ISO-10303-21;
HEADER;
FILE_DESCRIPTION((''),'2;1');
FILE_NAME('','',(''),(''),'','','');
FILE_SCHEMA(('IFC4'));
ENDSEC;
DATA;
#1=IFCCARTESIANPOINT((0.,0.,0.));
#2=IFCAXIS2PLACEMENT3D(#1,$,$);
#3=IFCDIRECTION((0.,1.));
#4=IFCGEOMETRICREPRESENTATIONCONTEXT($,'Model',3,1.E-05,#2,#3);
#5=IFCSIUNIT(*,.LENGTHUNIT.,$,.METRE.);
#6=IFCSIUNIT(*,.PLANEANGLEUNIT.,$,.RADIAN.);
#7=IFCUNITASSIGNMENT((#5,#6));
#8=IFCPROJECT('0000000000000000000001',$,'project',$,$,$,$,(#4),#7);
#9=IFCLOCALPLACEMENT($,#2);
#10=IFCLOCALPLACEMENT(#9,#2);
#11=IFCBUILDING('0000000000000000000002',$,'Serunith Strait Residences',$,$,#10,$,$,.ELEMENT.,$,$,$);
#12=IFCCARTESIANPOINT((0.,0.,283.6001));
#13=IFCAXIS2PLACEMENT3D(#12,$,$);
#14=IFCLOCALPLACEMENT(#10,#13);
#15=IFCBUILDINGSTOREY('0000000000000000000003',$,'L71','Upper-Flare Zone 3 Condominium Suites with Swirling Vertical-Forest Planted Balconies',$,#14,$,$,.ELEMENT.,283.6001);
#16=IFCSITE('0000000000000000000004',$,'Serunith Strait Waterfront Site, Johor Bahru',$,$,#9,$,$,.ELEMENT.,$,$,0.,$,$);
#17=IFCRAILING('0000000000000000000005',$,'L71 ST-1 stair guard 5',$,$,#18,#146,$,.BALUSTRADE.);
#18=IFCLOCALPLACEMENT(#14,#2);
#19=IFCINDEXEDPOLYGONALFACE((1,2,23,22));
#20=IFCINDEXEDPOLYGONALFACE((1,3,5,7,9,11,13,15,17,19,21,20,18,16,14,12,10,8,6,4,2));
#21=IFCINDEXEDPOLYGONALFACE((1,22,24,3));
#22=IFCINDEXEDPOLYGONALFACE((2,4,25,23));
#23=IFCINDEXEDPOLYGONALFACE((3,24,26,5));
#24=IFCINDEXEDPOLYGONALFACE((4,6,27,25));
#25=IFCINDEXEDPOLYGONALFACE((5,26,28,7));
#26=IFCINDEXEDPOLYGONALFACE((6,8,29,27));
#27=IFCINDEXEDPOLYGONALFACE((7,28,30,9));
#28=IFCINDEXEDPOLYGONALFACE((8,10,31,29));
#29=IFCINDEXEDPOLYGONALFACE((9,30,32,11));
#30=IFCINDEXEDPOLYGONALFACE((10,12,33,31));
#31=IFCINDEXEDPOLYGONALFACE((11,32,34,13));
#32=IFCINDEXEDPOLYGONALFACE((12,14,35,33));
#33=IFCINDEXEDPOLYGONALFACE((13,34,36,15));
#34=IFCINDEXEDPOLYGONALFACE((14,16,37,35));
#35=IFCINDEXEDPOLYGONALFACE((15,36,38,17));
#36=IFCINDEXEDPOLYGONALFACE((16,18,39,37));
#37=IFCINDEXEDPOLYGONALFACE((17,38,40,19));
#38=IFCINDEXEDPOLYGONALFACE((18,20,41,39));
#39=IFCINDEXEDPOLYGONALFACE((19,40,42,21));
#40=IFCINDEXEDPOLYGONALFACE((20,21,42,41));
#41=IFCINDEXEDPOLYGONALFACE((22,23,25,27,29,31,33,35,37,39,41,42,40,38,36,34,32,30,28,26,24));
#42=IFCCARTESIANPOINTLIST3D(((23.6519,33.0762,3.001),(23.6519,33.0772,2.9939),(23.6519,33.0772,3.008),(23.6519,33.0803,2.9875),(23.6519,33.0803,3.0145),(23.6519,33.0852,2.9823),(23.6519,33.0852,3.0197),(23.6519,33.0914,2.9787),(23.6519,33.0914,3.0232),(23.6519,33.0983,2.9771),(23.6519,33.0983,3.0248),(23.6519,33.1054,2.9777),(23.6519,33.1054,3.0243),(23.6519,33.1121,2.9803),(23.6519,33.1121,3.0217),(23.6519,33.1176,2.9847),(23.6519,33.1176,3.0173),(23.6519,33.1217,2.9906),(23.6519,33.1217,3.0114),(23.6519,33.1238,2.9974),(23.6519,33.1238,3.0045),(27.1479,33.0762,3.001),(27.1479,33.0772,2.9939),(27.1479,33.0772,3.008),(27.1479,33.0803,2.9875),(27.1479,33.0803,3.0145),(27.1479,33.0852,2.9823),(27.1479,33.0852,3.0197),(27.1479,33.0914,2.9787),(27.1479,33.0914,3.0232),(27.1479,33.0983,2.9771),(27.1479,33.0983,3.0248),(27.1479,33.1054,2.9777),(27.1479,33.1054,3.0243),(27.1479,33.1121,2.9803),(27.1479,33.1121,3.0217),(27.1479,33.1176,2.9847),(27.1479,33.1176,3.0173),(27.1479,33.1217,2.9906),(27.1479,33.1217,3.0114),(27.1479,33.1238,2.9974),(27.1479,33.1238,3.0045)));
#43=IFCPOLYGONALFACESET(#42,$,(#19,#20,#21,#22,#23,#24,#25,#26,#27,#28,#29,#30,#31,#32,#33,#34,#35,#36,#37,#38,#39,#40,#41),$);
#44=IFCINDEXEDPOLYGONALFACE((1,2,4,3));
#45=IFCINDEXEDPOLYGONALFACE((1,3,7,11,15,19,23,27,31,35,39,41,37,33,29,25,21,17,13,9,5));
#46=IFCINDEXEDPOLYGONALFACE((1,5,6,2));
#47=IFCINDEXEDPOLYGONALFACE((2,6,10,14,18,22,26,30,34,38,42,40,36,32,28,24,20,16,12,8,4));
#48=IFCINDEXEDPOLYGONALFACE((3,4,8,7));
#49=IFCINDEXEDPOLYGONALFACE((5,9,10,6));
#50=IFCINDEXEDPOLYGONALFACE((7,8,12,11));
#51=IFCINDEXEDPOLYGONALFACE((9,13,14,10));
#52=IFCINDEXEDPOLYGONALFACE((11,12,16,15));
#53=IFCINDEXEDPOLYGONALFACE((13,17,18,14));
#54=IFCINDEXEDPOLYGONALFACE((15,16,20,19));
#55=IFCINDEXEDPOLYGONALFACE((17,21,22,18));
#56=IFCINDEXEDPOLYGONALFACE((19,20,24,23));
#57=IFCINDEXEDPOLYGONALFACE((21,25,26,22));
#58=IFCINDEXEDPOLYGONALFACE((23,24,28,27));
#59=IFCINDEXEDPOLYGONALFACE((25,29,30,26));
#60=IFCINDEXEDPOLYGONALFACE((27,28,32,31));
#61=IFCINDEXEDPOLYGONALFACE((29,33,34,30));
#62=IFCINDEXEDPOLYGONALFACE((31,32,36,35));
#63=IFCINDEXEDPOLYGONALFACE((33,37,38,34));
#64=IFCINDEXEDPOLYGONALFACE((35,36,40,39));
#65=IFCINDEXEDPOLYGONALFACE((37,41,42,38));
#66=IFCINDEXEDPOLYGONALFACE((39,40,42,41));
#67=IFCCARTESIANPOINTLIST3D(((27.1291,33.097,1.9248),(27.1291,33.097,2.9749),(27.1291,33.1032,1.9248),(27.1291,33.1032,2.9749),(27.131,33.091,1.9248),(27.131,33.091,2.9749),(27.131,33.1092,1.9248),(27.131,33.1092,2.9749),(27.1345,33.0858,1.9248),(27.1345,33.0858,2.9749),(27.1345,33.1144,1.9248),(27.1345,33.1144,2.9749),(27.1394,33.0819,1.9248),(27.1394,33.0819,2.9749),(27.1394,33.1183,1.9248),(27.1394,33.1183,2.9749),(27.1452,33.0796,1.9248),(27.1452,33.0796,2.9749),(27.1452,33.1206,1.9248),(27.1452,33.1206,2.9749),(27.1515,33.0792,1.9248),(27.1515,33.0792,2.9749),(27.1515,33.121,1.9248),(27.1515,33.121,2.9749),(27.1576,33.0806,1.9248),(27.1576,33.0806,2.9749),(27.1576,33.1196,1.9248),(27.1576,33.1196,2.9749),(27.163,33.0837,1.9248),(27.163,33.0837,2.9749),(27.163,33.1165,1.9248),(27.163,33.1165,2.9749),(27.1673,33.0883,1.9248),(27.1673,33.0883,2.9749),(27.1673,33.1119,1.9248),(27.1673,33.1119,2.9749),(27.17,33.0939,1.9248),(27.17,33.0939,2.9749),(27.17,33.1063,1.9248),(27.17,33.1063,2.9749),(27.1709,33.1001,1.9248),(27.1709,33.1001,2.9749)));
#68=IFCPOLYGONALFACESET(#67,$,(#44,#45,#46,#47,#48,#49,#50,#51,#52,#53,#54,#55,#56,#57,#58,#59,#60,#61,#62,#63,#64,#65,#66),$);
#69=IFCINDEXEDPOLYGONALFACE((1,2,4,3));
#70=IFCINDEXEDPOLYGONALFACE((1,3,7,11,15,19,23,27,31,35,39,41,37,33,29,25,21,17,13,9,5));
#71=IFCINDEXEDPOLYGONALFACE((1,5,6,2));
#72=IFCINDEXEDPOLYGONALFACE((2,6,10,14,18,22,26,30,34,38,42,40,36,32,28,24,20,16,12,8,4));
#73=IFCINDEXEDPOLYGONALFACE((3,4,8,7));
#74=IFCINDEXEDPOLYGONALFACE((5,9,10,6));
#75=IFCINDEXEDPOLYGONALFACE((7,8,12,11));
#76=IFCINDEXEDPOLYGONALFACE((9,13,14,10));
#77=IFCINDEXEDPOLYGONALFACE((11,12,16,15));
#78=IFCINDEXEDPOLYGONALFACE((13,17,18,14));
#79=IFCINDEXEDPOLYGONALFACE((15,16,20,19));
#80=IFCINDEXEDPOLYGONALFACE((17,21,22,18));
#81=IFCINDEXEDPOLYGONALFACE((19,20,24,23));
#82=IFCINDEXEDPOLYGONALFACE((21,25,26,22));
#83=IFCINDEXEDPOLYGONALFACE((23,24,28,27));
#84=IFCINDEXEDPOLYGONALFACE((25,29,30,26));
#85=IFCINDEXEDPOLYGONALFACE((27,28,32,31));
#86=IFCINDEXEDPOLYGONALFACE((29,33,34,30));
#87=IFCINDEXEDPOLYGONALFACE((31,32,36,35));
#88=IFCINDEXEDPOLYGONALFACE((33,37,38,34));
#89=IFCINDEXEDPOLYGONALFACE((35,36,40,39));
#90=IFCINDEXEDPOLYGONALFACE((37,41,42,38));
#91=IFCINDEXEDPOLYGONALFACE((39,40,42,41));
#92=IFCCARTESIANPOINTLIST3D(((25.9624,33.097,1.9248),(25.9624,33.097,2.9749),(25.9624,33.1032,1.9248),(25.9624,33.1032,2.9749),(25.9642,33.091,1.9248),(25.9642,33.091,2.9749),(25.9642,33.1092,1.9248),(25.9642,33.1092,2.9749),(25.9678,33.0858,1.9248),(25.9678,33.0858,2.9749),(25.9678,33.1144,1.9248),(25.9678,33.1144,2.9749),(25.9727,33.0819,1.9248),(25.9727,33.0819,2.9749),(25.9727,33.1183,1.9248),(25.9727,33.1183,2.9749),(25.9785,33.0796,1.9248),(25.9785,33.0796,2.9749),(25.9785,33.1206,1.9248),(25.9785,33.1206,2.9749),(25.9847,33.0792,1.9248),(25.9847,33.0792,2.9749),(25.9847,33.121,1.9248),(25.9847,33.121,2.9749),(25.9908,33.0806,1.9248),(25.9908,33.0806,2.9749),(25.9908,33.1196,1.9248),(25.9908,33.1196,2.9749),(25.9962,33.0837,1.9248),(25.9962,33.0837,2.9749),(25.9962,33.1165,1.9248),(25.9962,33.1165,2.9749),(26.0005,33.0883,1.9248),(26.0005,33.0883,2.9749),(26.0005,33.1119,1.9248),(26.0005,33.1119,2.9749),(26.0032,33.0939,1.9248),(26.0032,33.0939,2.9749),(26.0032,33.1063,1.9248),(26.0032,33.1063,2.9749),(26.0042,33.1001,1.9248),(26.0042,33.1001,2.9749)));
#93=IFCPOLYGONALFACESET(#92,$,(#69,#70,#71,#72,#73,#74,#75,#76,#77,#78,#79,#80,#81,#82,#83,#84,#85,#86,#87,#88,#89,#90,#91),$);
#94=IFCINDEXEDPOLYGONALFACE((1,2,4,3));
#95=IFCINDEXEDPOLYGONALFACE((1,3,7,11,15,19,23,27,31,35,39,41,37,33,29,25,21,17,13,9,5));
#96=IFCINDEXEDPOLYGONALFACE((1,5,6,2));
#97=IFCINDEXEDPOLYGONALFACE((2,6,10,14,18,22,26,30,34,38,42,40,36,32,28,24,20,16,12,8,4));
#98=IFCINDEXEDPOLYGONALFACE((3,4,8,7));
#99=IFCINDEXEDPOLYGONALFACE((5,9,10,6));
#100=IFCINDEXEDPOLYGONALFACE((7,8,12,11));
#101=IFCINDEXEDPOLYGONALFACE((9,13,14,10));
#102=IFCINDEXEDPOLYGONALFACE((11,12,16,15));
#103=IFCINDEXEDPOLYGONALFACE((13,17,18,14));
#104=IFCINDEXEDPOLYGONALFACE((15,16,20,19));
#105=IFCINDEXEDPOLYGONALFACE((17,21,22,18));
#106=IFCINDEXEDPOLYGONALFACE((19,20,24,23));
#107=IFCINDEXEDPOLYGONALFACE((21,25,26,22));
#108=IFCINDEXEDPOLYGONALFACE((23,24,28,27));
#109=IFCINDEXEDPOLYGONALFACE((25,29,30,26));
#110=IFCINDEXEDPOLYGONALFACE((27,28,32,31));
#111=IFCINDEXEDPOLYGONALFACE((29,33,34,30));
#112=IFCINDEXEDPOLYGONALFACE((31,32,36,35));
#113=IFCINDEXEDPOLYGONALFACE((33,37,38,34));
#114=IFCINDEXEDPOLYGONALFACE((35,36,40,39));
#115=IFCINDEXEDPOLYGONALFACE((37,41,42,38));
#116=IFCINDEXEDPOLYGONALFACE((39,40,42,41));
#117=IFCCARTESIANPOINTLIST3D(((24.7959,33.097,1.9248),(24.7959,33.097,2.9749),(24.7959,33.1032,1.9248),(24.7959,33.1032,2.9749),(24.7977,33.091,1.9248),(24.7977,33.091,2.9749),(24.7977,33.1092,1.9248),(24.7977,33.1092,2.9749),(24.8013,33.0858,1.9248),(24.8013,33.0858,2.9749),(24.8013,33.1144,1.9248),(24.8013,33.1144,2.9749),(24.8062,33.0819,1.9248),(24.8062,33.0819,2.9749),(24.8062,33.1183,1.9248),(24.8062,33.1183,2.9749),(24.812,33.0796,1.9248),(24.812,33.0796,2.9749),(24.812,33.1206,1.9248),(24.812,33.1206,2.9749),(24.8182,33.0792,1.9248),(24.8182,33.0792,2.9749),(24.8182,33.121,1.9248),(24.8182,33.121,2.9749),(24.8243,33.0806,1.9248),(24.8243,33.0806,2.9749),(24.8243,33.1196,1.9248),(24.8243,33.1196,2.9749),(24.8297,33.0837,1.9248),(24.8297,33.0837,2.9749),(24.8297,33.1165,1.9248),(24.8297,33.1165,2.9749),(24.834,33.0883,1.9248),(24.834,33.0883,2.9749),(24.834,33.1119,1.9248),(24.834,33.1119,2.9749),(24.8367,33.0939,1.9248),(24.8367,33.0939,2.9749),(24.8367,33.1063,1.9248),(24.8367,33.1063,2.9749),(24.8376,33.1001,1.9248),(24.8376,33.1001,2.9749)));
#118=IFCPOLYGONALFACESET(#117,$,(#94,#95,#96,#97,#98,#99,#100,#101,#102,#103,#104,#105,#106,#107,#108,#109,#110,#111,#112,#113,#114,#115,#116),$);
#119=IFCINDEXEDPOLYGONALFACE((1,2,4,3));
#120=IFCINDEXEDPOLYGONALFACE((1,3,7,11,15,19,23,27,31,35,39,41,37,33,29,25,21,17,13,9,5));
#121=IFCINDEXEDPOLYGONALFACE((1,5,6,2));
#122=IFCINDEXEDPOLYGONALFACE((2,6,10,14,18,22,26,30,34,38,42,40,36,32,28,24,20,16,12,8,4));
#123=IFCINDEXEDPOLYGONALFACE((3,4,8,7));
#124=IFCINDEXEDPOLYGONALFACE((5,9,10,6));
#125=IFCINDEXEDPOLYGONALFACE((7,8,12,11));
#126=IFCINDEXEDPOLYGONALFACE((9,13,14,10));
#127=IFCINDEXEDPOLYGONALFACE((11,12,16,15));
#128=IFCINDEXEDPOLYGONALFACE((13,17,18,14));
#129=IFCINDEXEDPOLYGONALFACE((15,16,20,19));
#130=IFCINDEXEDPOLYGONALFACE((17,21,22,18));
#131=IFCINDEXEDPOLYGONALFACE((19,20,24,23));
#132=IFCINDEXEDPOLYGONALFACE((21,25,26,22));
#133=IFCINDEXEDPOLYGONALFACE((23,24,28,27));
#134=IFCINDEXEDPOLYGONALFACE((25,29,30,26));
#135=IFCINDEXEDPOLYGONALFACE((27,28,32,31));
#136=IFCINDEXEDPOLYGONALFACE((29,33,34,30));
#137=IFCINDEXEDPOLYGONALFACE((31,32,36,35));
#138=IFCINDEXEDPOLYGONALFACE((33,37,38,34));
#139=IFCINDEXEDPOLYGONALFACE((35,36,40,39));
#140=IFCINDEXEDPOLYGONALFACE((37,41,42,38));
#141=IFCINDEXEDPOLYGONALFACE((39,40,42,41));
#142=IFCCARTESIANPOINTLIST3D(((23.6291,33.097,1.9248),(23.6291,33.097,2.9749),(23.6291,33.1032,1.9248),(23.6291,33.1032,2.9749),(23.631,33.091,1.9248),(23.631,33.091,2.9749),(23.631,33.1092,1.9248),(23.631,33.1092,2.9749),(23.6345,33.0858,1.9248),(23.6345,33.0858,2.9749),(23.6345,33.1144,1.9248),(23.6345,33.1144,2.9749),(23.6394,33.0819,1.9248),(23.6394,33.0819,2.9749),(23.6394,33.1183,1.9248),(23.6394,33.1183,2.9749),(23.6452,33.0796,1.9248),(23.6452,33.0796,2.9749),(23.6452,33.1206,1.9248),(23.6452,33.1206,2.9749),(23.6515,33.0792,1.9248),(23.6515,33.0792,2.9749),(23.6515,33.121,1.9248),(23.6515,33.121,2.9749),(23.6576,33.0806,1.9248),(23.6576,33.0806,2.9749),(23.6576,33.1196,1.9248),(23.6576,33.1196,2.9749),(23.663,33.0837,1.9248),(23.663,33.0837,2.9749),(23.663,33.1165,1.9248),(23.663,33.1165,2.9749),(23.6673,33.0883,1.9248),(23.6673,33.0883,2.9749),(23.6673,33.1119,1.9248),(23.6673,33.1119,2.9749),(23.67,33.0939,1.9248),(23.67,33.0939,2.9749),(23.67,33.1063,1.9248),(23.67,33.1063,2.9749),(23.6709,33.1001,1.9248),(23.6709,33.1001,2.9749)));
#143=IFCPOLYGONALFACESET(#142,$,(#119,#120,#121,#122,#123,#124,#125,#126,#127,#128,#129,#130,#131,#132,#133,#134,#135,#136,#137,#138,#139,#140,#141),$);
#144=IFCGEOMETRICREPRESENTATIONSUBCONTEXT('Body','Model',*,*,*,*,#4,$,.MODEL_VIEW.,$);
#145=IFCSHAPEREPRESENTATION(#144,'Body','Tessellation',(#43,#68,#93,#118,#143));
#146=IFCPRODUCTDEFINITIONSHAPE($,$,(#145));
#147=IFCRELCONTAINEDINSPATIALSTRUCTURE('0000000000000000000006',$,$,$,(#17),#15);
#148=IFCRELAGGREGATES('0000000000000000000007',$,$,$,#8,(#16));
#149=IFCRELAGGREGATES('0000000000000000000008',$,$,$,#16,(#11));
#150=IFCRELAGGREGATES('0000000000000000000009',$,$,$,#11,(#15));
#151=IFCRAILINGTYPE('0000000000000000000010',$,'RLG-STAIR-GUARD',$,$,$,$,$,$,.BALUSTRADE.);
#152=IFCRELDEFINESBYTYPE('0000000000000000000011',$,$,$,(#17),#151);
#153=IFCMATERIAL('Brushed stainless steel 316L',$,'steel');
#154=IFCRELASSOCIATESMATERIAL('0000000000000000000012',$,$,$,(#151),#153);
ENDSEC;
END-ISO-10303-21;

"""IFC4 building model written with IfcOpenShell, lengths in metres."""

from ifc_helpers import new_model, si_unit, direction, frame, origin, origin_2d, place, context, subcontext, project, spatial, circle, extrude, material, type_object, element, save


model = new_model("IFC4")

# Units and contexts
model_context = context("Model", 3, precision=1e-05, world=origin(), true_north=direction((0.0, 1.0)))
body_context = subcontext(model_context, "Body", "Model", "MODEL_VIEW")
ifc_project = project(units=[si_unit("LENGTHUNIT", "METRE"), si_unit("PLANEANGLEUNIT", "RADIAN")], contexts=[model_context])

# Site, building, storey
site_placement = place(None, origin())
site = spatial("IfcSite", under=ifc_project, at=site_placement, Name="Serunith Strait Waterfront Site, Johor Bahru", CompositionType="ELEMENT", RefElevation=0.0)
building_placement = place(site_placement, origin())
building = spatial("IfcBuilding", under=site, at=building_placement, Name="Serunith Strait Residences", CompositionType="ELEMENT")
storey_placement = place(building_placement, frame((0.0, 0.0, 283.6001)))
storey = spatial("IfcBuildingStorey", under=building, at=storey_placement, Name="L71", Description="Upper-Flare Zone 3 Condominium Suites with Swirling Vertical-Forest Planted Balconies", CompositionType="ELEMENT", Elevation=283.6001)

# Railing
ifc_material_1 = material(Name="Brushed stainless steel 316L", Category="steel")
railing_type_1 = type_object("IfcRailingType", Name="RLG-STAIR-GUARD", PredefinedType="BALUSTRADE", material=ifc_material_1)
railing_1_placement = place(storey_placement, frame((27.1499, 33.1001, 1.9248)))
element("IfcRailing", 1, at=railing_1_placement, inside=storey, type_object=railing_type_1, Name="L71 ST-1 stair guard 5", PredefinedType="BALUSTRADE", context=body_context, shape_type="SweptSolid", body=[
    extrude(circle(Radius=0.0239, at=origin_2d()), frame((-0.002, 0.0, 1.0762), z_axis=(-1.0, 0.0, 0.0), x_axis=(0.0, -1.0, 0.0)), (0.0, 0.0, 1.0), 3.4961),
    extrude(circle(Radius=0.021, at=origin_2d()), origin(), (0.0, 0.0, 1.0), 1.05),
    extrude(circle(Radius=0.021, at=origin_2d()), frame((-1.1667, 0.0, 0.0)), (0.0, 0.0, 1.0), 1.05),
    extrude(circle(Radius=0.021, at=origin_2d()), frame((-2.3333, 0.0, 0.0)), (0.0, 0.0, 1.0), 1.05),
    extrude(circle(Radius=0.021, at=origin_2d()), frame((-3.5, 0.0, 0.0)), (0.0, 0.0, 1.0), 1.05),
])

save(model, "model.ifc")
